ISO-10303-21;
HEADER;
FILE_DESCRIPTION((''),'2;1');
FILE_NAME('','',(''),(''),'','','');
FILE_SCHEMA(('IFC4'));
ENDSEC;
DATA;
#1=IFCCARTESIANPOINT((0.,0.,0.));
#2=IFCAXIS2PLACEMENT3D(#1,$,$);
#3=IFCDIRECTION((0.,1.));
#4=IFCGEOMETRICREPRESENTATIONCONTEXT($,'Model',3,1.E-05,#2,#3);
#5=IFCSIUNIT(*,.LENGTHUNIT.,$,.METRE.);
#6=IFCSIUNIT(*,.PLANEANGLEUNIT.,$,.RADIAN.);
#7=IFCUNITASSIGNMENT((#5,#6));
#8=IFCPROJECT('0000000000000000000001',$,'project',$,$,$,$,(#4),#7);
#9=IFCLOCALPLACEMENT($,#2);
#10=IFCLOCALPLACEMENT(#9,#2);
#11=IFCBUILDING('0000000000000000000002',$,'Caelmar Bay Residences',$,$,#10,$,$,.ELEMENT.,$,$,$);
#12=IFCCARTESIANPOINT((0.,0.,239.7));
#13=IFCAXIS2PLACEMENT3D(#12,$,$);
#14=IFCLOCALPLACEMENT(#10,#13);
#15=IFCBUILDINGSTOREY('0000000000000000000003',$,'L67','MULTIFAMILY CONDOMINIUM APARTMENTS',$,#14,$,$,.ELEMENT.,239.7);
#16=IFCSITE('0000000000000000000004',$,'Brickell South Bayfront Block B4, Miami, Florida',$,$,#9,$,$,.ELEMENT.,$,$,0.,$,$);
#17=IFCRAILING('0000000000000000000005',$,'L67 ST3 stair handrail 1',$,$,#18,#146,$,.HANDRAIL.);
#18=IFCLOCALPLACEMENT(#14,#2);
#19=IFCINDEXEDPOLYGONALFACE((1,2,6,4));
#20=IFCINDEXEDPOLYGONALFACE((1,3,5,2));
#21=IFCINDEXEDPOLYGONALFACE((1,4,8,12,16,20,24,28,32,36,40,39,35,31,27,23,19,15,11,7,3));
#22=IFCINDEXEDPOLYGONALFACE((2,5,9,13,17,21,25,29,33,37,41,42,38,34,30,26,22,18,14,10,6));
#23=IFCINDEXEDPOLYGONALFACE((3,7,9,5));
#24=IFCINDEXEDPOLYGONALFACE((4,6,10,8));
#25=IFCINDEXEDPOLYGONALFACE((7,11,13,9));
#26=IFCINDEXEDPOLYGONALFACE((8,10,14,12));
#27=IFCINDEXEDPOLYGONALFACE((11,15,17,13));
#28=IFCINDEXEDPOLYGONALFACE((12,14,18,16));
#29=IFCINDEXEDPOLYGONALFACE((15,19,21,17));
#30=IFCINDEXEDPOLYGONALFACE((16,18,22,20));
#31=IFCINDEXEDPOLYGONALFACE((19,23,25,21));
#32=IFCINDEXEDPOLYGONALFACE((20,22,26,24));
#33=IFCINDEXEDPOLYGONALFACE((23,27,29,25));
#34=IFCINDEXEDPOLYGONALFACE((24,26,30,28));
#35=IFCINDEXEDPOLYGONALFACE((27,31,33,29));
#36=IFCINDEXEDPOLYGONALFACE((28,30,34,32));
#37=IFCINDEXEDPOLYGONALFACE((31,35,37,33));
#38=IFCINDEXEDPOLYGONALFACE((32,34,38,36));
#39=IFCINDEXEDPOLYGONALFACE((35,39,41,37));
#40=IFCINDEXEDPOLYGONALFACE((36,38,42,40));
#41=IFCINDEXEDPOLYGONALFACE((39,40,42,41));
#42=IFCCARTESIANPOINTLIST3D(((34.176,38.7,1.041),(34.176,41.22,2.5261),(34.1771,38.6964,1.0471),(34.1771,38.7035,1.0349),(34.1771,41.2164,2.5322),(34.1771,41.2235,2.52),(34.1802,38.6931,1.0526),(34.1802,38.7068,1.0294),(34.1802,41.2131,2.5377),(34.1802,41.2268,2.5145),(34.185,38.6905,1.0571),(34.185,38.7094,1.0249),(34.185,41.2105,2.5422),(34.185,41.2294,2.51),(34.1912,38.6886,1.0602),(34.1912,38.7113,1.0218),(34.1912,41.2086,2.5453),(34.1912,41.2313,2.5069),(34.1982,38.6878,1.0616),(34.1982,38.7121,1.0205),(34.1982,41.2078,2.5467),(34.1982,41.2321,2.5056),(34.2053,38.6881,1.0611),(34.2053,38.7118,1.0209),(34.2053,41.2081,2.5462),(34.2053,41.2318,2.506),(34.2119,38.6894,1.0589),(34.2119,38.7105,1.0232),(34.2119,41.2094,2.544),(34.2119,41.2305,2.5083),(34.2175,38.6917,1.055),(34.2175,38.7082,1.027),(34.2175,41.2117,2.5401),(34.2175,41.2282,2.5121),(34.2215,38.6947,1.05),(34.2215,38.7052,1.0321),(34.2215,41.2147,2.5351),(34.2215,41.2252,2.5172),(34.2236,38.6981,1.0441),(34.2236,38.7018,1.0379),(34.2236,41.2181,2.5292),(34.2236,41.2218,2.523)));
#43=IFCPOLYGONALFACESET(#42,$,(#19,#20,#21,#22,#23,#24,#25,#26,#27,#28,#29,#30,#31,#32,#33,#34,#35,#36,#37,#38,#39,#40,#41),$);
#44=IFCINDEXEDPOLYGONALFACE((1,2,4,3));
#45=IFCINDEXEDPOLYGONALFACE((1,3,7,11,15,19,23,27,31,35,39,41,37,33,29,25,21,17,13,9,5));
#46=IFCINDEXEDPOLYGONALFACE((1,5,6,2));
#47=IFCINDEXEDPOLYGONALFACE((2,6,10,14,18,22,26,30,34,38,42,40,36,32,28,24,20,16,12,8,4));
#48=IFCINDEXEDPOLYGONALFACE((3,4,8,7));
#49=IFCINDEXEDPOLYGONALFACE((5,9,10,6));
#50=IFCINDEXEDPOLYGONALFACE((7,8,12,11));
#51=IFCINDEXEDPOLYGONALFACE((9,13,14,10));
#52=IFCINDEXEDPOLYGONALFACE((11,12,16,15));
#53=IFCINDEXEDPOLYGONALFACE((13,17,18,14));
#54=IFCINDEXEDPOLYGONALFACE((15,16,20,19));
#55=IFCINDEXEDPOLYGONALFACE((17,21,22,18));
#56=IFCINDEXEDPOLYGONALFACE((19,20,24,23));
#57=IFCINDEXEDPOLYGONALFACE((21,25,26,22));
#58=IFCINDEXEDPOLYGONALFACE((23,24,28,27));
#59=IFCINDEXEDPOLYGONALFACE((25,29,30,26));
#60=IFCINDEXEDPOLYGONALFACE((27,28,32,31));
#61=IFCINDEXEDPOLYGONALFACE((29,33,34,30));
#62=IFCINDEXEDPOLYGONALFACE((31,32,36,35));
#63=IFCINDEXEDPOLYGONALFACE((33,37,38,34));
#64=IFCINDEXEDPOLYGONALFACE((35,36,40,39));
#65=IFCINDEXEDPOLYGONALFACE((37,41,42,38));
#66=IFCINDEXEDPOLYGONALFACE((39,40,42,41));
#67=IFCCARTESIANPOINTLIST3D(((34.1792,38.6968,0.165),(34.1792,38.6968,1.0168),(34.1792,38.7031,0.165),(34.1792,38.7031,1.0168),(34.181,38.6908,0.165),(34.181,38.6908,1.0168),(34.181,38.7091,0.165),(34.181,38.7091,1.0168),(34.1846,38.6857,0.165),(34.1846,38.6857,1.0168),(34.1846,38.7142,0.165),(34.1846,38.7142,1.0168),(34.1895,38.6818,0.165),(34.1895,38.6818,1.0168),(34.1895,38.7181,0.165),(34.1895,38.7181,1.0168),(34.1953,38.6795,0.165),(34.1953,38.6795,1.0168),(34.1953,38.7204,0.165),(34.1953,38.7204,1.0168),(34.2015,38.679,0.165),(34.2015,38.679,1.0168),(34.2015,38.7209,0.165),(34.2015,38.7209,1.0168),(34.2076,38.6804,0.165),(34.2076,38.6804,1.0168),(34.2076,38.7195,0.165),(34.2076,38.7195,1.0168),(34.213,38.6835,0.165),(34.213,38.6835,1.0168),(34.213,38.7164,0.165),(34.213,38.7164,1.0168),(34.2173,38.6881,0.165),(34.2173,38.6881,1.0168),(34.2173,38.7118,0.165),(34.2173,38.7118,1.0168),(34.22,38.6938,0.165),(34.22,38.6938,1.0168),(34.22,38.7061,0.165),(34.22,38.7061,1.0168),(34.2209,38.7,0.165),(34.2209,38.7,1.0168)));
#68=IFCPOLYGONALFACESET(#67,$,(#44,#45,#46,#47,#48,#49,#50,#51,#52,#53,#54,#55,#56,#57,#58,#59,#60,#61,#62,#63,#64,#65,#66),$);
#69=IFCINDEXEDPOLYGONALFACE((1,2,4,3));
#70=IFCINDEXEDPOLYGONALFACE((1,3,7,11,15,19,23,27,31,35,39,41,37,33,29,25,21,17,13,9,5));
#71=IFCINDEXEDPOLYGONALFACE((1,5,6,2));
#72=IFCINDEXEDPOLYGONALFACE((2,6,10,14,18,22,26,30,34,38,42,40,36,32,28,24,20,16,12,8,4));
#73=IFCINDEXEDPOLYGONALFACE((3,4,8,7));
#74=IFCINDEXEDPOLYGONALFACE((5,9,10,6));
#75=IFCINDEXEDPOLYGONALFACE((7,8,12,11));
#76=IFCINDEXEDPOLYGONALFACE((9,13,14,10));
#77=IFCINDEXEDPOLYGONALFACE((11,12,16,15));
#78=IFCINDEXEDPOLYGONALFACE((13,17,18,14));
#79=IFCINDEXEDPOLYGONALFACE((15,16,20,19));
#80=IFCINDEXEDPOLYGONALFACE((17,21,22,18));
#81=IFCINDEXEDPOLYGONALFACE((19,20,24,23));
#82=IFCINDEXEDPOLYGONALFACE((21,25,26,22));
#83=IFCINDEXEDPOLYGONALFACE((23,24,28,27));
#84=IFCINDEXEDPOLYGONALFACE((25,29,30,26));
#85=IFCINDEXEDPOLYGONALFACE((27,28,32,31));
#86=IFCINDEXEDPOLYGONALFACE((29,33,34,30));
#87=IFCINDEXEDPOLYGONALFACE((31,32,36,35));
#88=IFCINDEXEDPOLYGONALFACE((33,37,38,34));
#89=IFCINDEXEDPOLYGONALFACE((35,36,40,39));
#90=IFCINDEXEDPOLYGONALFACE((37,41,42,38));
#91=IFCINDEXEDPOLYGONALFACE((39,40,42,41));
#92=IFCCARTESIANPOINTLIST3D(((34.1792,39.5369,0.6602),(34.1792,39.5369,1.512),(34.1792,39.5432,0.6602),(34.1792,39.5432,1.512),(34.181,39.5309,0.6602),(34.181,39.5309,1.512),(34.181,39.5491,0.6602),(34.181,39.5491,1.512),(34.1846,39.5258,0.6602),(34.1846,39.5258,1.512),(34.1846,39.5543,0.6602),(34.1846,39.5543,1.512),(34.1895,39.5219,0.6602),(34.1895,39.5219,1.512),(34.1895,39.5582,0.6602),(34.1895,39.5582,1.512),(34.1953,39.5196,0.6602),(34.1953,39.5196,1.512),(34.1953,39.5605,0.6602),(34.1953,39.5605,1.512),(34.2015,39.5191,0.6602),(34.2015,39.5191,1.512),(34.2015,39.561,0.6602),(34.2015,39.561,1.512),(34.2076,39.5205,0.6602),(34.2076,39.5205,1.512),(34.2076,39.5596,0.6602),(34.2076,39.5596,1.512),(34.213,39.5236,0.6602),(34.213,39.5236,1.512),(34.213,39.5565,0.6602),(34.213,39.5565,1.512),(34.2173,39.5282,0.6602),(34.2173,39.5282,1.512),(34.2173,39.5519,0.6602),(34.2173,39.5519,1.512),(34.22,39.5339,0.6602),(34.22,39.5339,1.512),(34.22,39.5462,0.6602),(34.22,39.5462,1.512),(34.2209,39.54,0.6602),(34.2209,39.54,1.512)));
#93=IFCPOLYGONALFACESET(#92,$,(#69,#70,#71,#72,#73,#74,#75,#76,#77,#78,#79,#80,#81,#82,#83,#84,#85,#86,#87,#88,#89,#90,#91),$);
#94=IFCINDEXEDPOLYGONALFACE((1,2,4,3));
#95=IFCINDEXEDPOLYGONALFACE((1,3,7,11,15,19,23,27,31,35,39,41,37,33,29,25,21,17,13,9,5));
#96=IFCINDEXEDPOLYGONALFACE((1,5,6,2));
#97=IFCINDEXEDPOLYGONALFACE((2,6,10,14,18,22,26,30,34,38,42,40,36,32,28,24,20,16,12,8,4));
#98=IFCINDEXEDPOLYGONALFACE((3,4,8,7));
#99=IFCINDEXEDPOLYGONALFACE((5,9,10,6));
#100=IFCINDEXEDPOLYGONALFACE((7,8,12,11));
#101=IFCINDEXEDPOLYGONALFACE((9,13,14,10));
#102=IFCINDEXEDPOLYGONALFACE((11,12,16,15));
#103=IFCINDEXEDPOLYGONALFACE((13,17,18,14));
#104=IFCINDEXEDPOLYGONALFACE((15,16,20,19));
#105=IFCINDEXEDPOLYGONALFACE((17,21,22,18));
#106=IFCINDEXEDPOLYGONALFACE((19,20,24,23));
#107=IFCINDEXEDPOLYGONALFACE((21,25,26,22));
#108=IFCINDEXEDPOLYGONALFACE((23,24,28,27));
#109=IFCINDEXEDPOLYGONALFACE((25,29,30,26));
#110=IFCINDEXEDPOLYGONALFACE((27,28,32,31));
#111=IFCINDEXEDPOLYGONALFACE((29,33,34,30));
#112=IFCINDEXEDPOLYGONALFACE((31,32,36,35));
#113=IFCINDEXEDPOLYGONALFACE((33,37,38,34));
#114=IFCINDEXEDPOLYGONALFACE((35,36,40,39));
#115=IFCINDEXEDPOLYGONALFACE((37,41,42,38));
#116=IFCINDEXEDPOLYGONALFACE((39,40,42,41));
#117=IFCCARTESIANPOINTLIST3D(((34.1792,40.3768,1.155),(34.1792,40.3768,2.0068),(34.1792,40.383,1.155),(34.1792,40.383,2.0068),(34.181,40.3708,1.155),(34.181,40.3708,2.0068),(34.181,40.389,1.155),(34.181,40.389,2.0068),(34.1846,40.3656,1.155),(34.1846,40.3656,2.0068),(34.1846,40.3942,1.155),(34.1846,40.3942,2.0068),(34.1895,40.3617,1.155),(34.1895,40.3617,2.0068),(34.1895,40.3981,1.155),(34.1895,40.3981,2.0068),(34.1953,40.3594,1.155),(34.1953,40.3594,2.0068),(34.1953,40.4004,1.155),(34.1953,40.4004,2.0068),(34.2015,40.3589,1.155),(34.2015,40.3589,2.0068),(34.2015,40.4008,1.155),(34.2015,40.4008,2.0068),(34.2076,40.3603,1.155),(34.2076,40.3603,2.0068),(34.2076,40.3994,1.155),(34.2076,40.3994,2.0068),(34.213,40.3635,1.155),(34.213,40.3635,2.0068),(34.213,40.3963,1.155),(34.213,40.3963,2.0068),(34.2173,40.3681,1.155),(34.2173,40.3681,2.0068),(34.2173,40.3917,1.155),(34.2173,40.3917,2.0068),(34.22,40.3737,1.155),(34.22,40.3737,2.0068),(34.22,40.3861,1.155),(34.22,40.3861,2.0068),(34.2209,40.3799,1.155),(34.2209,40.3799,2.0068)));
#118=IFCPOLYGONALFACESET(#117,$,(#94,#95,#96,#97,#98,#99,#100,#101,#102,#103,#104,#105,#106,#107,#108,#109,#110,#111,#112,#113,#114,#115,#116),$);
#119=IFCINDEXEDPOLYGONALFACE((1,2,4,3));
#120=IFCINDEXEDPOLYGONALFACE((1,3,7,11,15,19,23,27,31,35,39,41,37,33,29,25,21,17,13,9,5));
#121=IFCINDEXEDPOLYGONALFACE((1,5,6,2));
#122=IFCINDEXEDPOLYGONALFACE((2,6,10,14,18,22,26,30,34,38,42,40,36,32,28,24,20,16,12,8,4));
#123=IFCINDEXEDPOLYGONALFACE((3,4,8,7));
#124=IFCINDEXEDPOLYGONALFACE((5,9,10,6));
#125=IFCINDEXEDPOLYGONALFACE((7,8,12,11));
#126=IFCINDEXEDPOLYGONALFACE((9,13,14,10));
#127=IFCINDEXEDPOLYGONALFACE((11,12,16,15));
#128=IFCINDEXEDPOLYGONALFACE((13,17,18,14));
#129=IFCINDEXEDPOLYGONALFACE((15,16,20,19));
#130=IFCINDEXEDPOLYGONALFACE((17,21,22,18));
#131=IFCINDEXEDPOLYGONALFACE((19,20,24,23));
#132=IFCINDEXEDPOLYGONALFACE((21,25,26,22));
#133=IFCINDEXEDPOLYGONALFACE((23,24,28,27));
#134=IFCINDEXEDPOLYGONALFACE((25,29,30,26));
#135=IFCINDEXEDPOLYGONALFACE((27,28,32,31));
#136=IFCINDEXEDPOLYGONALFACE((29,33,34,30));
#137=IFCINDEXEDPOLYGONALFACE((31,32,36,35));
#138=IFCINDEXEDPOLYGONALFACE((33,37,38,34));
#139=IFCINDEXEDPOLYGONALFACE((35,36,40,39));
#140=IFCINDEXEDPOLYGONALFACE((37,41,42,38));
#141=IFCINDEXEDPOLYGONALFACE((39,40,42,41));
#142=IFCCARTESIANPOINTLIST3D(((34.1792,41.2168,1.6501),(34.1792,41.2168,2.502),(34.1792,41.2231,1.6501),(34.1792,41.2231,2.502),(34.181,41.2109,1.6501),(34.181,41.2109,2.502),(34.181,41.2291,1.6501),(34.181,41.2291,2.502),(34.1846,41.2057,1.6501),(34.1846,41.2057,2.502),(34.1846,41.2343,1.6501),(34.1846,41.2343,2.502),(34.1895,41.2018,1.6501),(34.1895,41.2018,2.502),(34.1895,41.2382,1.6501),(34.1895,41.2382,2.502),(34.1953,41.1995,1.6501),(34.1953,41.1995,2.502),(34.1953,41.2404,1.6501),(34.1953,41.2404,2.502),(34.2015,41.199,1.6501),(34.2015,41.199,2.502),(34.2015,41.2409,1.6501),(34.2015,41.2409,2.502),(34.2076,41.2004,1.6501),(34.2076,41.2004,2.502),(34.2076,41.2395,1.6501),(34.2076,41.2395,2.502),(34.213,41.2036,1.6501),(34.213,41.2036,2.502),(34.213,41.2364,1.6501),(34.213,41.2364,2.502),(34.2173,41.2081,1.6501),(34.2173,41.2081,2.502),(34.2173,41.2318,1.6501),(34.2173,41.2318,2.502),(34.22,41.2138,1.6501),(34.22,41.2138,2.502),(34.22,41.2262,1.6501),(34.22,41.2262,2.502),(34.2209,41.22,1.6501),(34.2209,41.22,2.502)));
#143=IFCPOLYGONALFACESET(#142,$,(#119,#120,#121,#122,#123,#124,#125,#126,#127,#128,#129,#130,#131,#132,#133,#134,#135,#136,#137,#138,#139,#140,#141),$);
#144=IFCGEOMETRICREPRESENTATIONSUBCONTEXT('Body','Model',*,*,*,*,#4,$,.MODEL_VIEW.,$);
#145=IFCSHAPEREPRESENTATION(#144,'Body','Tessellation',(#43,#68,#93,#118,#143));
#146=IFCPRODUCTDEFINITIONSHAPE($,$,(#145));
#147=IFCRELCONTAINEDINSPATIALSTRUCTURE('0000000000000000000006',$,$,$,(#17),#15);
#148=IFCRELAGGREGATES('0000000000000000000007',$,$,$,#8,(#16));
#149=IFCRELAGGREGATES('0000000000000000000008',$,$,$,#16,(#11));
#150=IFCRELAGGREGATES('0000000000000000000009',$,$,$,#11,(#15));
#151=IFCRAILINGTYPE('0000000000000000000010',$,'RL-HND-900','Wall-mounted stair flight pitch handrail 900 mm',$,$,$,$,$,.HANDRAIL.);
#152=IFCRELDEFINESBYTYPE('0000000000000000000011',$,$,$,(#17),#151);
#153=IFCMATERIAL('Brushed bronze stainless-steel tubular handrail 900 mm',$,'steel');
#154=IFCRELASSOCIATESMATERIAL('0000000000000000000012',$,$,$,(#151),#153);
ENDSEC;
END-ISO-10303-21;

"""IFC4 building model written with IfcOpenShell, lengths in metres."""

from ifc_helpers import new_model, si_unit, direction, frame, origin, origin_2d, place, context, subcontext, project, spatial, circle, extrude, material, type_object, element, save


model = new_model("IFC4")

# Units and contexts
model_context = context("Model", 3, precision=1e-05, world=origin(), true_north=direction((0.0, 1.0)))
body_context = subcontext(model_context, "Body", "Model", "MODEL_VIEW")
ifc_project = project(units=[si_unit("LENGTHUNIT", "METRE"), si_unit("PLANEANGLEUNIT", "RADIAN")], contexts=[model_context])

# Site, building, storey
site_placement = place(None, origin())
site = spatial("IfcSite", under=ifc_project, at=site_placement, Name="Brickell South Bayfront Block B4, Miami, Florida", CompositionType="ELEMENT", RefElevation=0.0)
building_placement = place(site_placement, origin())
building = spatial("IfcBuilding", under=site, at=building_placement, Name="Caelmar Bay Residences", CompositionType="ELEMENT")
storey_placement = place(building_placement, frame((0.0, 0.0, 239.7)))
storey = spatial("IfcBuildingStorey", under=building, at=storey_placement, Name="L67", Description="MULTIFAMILY CONDOMINIUM APARTMENTS", CompositionType="ELEMENT", Elevation=239.7)

# Railing
ifc_material_1 = material(Name="Brushed bronze stainless-steel tubular handrail 900 mm", Category="steel")
railing_type_1 = type_object("IfcRailingType", Name="RL-HND-900", Description="Wall-mounted stair flight pitch handrail 900 mm", PredefinedType="HANDRAIL", material=ifc_material_1)
railing_1_placement = place(storey_placement, frame((34.2, 38.7, 0.165)))
element("IfcRailing", 1, at=railing_1_placement, inside=storey, type_object=railing_type_1, Name="L67 ST3 stair handrail 1", PredefinedType="HANDRAIL", context=body_context, shape_type="SweptSolid", body=[
    extrude(circle(Radius=0.0239, at=origin_2d()), frame((0.0, 0.0, 0.876), z_axis=(0.0, 0.861524, 0.507717), x_axis=(-1.0, 0.0, 0.0)), (0.0, 0.0, 1.0), 2.925),
    extrude(circle(Radius=0.021, at=origin_2d()), origin(), (0.0, 0.0, 1.0), 0.8518),
    extrude(circle(Radius=0.021, at=origin_2d()), frame((0.0, 0.8401, 0.4951)), (0.0, 0.0, 1.0), 0.8518),
    extrude(circle(Radius=0.021, at=origin_2d()), frame((0.0, 1.6799, 0.99)), (0.0, 0.0, 1.0), 0.8518),
    extrude(circle(Radius=0.021, at=origin_2d()), frame((0.0, 2.52, 1.4851)), (0.0, 0.0, 1.0), 0.8518),
])

save(model, "model.ifc")
